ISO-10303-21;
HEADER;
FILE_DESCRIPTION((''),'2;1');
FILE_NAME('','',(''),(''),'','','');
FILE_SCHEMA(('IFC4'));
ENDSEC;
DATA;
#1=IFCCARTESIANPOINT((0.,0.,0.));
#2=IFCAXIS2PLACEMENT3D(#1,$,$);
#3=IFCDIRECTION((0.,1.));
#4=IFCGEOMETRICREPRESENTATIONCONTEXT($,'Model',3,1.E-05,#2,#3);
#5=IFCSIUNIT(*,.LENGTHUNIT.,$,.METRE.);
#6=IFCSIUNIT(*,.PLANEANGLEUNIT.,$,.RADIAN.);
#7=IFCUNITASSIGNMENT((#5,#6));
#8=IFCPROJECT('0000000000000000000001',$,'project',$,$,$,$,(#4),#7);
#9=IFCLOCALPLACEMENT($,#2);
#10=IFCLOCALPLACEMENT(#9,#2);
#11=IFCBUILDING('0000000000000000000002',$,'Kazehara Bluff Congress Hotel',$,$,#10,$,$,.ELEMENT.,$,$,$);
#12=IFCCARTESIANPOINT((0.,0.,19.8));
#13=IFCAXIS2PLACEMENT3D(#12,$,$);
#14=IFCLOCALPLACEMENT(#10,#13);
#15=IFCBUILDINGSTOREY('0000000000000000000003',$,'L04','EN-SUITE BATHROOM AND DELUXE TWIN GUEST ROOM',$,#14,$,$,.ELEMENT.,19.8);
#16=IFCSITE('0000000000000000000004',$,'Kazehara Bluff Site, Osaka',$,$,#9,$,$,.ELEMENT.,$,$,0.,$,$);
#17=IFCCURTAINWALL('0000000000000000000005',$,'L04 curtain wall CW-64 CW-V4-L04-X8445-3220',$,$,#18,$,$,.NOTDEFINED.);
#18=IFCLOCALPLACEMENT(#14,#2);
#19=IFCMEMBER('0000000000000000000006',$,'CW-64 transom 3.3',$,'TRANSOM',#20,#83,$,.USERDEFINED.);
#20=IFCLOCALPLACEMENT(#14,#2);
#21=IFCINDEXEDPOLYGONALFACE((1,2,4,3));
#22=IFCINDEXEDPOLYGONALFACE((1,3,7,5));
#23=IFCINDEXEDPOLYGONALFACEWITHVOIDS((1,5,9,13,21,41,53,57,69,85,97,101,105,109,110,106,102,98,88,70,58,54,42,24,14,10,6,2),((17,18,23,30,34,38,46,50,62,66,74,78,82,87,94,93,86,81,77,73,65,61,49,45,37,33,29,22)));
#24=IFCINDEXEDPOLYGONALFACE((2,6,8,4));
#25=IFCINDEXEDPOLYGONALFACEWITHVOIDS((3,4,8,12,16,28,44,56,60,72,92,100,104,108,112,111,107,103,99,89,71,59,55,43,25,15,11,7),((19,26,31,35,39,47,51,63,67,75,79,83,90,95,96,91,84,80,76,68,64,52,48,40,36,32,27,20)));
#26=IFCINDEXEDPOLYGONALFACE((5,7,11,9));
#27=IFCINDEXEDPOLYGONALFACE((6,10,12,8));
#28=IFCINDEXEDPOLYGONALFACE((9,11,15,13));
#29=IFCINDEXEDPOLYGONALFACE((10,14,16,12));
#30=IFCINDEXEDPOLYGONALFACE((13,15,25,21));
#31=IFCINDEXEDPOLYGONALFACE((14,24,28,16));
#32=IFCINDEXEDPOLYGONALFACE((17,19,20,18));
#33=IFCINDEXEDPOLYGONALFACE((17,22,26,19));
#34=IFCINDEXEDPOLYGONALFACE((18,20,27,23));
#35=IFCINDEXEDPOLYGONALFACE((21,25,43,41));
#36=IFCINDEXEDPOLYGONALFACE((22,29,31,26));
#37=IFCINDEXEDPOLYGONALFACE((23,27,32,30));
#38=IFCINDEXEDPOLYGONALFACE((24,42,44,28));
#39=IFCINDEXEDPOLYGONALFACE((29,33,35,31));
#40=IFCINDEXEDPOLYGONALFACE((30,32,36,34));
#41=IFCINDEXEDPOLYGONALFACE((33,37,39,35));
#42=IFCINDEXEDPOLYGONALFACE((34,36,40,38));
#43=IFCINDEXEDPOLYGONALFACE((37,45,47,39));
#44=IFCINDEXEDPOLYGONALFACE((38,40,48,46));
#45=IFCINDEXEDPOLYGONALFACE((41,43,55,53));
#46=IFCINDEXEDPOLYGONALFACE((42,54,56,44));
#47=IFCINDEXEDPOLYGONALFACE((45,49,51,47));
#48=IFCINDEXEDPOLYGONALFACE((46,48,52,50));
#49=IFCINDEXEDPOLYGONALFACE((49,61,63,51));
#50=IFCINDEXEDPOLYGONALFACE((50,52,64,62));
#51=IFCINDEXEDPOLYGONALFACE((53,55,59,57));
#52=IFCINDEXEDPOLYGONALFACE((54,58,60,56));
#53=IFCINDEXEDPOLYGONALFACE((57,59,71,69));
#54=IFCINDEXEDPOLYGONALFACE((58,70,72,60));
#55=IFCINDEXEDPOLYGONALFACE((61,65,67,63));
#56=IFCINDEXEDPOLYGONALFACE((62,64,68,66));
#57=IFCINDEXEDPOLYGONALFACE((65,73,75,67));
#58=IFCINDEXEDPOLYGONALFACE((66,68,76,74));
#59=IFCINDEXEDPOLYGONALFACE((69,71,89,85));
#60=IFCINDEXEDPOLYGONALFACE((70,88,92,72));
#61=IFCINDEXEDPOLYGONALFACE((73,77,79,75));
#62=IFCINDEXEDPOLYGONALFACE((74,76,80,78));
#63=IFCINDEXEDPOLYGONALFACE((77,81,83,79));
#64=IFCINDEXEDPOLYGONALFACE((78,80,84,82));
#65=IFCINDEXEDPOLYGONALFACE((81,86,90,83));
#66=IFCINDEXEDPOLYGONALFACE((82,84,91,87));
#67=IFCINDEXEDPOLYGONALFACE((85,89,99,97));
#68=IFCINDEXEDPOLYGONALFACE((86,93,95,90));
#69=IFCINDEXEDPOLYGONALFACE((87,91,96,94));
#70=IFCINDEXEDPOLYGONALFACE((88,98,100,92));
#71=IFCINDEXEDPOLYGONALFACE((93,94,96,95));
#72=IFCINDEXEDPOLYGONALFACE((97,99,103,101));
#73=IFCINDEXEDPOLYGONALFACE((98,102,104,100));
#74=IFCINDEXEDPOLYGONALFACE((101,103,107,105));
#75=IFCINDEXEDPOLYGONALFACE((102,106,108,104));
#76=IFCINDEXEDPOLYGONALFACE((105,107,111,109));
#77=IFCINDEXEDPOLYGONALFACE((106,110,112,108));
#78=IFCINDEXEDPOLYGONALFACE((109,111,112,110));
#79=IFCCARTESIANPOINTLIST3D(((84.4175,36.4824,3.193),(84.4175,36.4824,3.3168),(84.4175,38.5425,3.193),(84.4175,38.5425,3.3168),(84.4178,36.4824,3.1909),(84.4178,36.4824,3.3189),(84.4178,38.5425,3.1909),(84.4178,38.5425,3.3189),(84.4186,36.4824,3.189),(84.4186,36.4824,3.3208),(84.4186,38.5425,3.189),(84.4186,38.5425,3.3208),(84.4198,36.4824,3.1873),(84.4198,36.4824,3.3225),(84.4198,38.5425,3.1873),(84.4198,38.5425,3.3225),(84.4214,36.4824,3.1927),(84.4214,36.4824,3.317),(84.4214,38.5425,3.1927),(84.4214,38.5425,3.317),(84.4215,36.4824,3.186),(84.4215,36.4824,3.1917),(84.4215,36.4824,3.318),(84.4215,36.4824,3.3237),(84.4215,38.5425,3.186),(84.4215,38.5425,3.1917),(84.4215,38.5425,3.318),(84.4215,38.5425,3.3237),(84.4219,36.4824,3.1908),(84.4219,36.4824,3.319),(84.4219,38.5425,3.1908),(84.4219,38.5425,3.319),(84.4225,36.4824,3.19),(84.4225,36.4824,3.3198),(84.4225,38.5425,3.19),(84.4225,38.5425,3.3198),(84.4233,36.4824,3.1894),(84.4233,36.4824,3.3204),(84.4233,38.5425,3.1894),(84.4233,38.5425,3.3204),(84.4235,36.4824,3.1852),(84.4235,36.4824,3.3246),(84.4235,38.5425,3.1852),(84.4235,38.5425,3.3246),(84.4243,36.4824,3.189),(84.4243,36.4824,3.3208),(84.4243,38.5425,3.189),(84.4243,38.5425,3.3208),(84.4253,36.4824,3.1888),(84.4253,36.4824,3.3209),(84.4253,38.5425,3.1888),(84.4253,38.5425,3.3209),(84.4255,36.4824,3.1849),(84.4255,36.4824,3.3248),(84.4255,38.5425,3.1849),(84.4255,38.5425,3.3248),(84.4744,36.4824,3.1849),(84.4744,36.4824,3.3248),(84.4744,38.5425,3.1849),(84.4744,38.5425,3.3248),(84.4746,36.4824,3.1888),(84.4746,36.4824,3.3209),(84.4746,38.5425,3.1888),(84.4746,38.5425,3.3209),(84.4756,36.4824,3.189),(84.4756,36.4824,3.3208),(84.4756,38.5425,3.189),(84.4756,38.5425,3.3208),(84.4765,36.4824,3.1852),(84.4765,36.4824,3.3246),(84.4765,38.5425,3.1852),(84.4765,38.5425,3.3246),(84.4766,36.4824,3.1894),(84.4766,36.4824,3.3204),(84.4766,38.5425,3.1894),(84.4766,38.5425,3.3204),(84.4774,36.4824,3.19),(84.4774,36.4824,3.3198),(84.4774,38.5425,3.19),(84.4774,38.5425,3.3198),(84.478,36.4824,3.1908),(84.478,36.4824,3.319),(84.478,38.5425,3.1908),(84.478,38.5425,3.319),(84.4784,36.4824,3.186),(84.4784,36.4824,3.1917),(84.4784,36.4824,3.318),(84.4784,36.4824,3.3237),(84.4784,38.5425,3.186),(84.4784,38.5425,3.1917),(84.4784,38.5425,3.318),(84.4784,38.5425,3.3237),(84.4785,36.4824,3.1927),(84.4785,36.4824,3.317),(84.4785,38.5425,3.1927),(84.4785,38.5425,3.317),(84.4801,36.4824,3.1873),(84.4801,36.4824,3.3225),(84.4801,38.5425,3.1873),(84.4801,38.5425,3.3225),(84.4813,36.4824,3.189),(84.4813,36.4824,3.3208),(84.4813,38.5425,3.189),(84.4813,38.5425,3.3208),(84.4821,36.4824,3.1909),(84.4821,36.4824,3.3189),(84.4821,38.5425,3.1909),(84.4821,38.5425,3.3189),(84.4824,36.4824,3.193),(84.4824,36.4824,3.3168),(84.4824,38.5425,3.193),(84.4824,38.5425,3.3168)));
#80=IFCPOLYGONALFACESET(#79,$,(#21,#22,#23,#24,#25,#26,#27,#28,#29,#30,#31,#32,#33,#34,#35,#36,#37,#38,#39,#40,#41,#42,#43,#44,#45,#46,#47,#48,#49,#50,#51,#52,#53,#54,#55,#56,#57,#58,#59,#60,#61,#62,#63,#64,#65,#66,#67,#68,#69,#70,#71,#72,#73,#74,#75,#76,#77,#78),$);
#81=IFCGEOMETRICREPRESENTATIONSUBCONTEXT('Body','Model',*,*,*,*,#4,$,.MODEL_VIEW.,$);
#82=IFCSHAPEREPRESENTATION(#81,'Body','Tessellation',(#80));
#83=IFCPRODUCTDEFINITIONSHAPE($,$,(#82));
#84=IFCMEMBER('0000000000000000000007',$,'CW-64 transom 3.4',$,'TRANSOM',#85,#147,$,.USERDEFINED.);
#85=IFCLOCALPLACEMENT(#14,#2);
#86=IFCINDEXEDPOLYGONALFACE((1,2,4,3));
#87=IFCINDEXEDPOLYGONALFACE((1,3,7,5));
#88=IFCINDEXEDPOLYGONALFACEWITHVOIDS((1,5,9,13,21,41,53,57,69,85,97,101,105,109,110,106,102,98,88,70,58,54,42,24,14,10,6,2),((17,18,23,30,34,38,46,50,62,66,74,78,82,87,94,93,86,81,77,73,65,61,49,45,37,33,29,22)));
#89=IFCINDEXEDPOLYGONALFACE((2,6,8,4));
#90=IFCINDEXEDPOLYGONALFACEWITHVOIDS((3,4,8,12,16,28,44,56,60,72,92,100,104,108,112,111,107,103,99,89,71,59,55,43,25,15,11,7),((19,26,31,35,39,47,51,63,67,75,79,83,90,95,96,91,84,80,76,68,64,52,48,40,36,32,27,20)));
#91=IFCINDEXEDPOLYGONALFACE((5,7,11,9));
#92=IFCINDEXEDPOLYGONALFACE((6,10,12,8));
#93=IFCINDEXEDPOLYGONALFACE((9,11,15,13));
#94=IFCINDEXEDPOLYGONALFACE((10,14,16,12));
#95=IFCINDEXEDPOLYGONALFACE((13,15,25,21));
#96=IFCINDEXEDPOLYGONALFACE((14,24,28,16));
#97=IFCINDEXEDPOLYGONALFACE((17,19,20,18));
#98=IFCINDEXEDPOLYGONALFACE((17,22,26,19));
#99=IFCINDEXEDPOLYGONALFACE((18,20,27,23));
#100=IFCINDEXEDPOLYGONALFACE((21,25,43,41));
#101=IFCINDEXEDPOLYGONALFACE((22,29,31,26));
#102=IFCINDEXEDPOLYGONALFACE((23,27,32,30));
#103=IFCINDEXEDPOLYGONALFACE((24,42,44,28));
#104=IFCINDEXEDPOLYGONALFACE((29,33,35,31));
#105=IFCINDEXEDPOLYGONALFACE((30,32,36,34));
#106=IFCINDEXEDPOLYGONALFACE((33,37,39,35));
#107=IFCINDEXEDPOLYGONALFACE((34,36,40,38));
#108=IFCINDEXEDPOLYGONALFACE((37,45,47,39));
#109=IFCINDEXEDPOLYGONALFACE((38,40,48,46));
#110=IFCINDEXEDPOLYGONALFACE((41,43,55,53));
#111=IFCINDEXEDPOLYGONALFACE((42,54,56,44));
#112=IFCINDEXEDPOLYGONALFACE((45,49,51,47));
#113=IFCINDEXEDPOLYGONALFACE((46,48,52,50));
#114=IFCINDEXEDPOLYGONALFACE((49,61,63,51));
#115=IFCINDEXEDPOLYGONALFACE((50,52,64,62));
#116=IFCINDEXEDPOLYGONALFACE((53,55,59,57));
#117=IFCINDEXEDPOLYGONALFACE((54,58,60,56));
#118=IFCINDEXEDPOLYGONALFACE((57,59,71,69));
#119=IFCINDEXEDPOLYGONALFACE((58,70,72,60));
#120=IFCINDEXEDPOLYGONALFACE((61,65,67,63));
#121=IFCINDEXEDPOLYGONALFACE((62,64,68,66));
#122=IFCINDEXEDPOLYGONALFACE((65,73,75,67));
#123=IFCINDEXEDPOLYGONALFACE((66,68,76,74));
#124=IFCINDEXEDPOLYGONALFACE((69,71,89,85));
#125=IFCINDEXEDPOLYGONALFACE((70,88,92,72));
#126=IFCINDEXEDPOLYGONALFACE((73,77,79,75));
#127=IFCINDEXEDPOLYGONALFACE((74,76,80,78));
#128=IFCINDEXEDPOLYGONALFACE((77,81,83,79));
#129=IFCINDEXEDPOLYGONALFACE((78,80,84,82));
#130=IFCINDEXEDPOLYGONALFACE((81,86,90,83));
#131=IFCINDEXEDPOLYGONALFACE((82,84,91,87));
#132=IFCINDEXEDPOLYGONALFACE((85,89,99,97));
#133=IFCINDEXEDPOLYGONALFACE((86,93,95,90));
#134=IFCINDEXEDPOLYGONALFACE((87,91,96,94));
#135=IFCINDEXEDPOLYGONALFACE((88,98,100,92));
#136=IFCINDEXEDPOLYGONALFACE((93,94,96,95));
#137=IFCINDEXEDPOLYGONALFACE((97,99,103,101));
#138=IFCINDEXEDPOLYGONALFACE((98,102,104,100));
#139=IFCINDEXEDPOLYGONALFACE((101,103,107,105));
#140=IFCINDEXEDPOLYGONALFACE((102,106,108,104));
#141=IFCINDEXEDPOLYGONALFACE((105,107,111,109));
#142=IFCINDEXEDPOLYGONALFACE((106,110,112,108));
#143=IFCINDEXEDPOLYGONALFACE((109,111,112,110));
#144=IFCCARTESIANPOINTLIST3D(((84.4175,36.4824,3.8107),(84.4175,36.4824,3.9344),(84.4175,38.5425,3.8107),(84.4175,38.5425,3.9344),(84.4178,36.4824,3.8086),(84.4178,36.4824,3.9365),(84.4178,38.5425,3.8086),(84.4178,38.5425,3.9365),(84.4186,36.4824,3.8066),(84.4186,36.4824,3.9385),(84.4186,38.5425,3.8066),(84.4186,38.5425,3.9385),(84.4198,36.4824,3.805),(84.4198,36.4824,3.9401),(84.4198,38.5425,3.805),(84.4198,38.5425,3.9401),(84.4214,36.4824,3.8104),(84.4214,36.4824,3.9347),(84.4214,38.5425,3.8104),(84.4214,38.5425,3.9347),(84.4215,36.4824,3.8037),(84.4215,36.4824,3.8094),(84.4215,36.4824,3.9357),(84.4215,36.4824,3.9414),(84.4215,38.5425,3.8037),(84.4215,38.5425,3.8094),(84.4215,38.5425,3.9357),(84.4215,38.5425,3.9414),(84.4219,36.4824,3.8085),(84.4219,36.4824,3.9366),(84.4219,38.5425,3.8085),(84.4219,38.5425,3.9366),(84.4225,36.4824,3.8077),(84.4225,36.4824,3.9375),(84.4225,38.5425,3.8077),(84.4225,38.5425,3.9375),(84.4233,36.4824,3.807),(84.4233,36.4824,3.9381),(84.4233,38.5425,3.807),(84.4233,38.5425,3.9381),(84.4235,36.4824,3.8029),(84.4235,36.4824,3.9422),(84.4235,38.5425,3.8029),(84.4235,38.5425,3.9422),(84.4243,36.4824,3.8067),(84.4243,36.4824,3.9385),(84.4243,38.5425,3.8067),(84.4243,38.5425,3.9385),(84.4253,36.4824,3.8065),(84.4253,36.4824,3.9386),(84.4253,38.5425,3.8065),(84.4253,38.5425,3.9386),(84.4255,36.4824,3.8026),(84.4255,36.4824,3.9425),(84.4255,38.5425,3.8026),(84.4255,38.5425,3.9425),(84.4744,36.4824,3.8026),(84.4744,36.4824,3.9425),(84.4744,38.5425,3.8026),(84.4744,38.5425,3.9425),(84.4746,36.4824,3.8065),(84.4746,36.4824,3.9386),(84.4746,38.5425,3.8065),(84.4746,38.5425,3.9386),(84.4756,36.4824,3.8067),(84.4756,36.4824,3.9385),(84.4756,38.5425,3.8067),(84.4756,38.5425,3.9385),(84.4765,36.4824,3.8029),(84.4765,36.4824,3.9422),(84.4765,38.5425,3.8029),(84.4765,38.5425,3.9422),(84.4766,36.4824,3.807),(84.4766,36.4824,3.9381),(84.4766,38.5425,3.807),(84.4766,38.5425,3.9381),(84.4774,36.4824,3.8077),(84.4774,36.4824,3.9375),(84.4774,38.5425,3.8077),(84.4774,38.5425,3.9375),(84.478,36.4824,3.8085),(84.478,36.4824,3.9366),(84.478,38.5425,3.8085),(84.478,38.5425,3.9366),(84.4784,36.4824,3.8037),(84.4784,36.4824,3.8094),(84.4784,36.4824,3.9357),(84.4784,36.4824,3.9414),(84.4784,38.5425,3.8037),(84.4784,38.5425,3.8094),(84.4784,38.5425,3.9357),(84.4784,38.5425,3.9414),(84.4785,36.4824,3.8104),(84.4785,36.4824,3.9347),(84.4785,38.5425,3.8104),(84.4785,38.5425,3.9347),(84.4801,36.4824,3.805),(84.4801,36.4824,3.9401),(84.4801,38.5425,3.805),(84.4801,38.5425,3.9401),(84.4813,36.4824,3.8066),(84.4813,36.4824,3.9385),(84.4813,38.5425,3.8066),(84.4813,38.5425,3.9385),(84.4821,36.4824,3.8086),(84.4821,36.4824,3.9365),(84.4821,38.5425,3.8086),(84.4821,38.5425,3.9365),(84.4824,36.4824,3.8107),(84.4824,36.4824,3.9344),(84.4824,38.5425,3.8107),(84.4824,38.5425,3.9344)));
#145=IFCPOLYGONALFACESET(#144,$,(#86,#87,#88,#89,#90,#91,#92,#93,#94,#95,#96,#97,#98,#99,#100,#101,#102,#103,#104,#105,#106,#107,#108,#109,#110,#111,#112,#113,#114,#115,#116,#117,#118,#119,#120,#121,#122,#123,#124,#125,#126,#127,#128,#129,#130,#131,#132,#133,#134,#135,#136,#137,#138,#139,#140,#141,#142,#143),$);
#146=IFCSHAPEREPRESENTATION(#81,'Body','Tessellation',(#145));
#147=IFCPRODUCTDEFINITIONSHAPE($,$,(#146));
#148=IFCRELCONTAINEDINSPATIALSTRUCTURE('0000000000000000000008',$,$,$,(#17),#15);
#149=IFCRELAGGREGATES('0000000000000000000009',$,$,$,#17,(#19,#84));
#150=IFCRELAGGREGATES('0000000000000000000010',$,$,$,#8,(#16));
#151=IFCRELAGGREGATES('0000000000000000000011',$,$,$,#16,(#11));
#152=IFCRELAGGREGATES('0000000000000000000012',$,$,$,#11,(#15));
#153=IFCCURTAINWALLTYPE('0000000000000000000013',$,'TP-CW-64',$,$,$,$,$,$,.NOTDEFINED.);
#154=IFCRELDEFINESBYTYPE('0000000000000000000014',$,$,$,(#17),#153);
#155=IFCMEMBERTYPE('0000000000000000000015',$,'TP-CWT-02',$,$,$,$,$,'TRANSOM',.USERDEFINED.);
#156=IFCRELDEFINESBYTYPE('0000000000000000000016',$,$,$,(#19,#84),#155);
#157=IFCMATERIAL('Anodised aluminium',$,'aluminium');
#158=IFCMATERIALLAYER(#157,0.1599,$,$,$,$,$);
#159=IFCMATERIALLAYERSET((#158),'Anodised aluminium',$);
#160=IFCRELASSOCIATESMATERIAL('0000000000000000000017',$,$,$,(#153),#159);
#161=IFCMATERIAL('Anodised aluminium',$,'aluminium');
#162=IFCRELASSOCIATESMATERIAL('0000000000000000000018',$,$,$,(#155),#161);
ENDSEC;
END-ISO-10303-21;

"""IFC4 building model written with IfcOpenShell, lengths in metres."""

from ifc_helpers import new_model, si_unit, direction, frame, origin, origin_2d, place, context, subcontext, project, spatial, hollow_rectangle, extrude, material, layer, layer_set, material_profile, profile_set, type_object, element, aggregate, save


model = new_model("IFC4")

# Units and contexts
model_context = context("Model", 3, precision=1e-05, world=origin(), true_north=direction((0.0, 1.0)))
body_context = subcontext(model_context, "Body", "Model", "MODEL_VIEW")
ifc_project = project(units=[si_unit("LENGTHUNIT", "METRE"), si_unit("PLANEANGLEUNIT", "RADIAN")], contexts=[model_context])

# Site, building, storey
site_placement = place(None, origin())
site = spatial("IfcSite", under=ifc_project, at=site_placement, Name="Kazehara Bluff Site, Osaka", CompositionType="ELEMENT", RefElevation=0.0)
building_placement = place(site_placement, origin())
building = spatial("IfcBuilding", under=site, at=building_placement, Name="Kazehara Bluff Congress Hotel", CompositionType="ELEMENT")
storey_placement = place(building_placement, frame((0.0, 0.0, 19.8)))
storey = spatial("IfcBuildingStorey", under=building, at=storey_placement, Name="L04", Description="EN-SUITE BATHROOM AND DELUXE TWIN GUEST ROOM", CompositionType="ELEMENT", Elevation=19.8)

# Curtain wall, members
ifc_material_1 = material(Name="Anodised aluminium", Category="aluminium")
ifc_layer_1 = layer(ifc_material_1, 0.1599)
ifc_layer_set_1 = layer_set([ifc_layer_1], Name="Anodised aluminium")
curtain_wall_type_1 = type_object("IfcCurtainWallType", Name="TP-CW-64", PredefinedType="NOTDEFINED", material=ifc_layer_set_1)
curtain_wall_1_placement = place(storey_placement, origin())
curtain_wall_1 = element("IfcCurtainWall", 1, at=curtain_wall_1_placement, inside=storey, type_object=curtain_wall_type_1, Name="L04 curtain wall CW-64 CW-V4-L04-X8445-3220", PredefinedType="NOTDEFINED")
ifc_material_2 = material(Name="Anodised aluminium", Category="aluminium")
ifc_material_profile_1 = material_profile(ifc_material_2, hollow_rectangle(XDim=0.0649, YDim=0.1399, WallThickness=0.0039, InnerFilletRadius=0.0039, OuterFilletRadius=0.0081, at=origin_2d()))
ifc_profile_set_1 = profile_set([ifc_material_profile_1], Name="Anodised aluminium")
member_type_1 = type_object("IfcMemberType", Name="TP-CWT-02", ElementType="TRANSOM", PredefinedType="USERDEFINED", material=ifc_profile_set_1)
member_1_placement = place(storey_placement, frame((84.45, 36.4824, 3.2549), z_axis=(0.0, 1.0, 0.0), x_axis=(-1.0, 0.0, 0.0)))
member_1 = element("IfcMember", 2, at=member_1_placement, type_object=member_type_1, Name="CW-64 transom 3.3", ObjectType="TRANSOM", PredefinedType="USERDEFINED", context=body_context, shape_type="SweptSolid", body=[
    extrude(hollow_rectangle(XDim=0.0649, YDim=0.1399, WallThickness=0.0039, InnerFilletRadius=0.0039, OuterFilletRadius=0.0081, at=origin_2d()), origin(), (0.0, 0.0, 1.0), 2.0601),
])
member_2_placement = place(storey_placement, frame((84.45, 36.4824, 3.8726), z_axis=(0.0, 1.0, 0.0), x_axis=(-1.0, 0.0, 0.0)))
member_2 = element("IfcMember", 3, at=member_2_placement, type_object=member_type_1, Name="CW-64 transom 3.4", ObjectType="TRANSOM", PredefinedType="USERDEFINED", context=body_context, shape_type="SweptSolid", body=[
    extrude(hollow_rectangle(XDim=0.0649, YDim=0.1399, WallThickness=0.0039, InnerFilletRadius=0.0039, OuterFilletRadius=0.0081, at=origin_2d()), origin(), (0.0, 0.0, 1.0), 2.0601),
])

aggregate(curtain_wall_1, [member_1, member_2])

save(model, "model.ifc")
